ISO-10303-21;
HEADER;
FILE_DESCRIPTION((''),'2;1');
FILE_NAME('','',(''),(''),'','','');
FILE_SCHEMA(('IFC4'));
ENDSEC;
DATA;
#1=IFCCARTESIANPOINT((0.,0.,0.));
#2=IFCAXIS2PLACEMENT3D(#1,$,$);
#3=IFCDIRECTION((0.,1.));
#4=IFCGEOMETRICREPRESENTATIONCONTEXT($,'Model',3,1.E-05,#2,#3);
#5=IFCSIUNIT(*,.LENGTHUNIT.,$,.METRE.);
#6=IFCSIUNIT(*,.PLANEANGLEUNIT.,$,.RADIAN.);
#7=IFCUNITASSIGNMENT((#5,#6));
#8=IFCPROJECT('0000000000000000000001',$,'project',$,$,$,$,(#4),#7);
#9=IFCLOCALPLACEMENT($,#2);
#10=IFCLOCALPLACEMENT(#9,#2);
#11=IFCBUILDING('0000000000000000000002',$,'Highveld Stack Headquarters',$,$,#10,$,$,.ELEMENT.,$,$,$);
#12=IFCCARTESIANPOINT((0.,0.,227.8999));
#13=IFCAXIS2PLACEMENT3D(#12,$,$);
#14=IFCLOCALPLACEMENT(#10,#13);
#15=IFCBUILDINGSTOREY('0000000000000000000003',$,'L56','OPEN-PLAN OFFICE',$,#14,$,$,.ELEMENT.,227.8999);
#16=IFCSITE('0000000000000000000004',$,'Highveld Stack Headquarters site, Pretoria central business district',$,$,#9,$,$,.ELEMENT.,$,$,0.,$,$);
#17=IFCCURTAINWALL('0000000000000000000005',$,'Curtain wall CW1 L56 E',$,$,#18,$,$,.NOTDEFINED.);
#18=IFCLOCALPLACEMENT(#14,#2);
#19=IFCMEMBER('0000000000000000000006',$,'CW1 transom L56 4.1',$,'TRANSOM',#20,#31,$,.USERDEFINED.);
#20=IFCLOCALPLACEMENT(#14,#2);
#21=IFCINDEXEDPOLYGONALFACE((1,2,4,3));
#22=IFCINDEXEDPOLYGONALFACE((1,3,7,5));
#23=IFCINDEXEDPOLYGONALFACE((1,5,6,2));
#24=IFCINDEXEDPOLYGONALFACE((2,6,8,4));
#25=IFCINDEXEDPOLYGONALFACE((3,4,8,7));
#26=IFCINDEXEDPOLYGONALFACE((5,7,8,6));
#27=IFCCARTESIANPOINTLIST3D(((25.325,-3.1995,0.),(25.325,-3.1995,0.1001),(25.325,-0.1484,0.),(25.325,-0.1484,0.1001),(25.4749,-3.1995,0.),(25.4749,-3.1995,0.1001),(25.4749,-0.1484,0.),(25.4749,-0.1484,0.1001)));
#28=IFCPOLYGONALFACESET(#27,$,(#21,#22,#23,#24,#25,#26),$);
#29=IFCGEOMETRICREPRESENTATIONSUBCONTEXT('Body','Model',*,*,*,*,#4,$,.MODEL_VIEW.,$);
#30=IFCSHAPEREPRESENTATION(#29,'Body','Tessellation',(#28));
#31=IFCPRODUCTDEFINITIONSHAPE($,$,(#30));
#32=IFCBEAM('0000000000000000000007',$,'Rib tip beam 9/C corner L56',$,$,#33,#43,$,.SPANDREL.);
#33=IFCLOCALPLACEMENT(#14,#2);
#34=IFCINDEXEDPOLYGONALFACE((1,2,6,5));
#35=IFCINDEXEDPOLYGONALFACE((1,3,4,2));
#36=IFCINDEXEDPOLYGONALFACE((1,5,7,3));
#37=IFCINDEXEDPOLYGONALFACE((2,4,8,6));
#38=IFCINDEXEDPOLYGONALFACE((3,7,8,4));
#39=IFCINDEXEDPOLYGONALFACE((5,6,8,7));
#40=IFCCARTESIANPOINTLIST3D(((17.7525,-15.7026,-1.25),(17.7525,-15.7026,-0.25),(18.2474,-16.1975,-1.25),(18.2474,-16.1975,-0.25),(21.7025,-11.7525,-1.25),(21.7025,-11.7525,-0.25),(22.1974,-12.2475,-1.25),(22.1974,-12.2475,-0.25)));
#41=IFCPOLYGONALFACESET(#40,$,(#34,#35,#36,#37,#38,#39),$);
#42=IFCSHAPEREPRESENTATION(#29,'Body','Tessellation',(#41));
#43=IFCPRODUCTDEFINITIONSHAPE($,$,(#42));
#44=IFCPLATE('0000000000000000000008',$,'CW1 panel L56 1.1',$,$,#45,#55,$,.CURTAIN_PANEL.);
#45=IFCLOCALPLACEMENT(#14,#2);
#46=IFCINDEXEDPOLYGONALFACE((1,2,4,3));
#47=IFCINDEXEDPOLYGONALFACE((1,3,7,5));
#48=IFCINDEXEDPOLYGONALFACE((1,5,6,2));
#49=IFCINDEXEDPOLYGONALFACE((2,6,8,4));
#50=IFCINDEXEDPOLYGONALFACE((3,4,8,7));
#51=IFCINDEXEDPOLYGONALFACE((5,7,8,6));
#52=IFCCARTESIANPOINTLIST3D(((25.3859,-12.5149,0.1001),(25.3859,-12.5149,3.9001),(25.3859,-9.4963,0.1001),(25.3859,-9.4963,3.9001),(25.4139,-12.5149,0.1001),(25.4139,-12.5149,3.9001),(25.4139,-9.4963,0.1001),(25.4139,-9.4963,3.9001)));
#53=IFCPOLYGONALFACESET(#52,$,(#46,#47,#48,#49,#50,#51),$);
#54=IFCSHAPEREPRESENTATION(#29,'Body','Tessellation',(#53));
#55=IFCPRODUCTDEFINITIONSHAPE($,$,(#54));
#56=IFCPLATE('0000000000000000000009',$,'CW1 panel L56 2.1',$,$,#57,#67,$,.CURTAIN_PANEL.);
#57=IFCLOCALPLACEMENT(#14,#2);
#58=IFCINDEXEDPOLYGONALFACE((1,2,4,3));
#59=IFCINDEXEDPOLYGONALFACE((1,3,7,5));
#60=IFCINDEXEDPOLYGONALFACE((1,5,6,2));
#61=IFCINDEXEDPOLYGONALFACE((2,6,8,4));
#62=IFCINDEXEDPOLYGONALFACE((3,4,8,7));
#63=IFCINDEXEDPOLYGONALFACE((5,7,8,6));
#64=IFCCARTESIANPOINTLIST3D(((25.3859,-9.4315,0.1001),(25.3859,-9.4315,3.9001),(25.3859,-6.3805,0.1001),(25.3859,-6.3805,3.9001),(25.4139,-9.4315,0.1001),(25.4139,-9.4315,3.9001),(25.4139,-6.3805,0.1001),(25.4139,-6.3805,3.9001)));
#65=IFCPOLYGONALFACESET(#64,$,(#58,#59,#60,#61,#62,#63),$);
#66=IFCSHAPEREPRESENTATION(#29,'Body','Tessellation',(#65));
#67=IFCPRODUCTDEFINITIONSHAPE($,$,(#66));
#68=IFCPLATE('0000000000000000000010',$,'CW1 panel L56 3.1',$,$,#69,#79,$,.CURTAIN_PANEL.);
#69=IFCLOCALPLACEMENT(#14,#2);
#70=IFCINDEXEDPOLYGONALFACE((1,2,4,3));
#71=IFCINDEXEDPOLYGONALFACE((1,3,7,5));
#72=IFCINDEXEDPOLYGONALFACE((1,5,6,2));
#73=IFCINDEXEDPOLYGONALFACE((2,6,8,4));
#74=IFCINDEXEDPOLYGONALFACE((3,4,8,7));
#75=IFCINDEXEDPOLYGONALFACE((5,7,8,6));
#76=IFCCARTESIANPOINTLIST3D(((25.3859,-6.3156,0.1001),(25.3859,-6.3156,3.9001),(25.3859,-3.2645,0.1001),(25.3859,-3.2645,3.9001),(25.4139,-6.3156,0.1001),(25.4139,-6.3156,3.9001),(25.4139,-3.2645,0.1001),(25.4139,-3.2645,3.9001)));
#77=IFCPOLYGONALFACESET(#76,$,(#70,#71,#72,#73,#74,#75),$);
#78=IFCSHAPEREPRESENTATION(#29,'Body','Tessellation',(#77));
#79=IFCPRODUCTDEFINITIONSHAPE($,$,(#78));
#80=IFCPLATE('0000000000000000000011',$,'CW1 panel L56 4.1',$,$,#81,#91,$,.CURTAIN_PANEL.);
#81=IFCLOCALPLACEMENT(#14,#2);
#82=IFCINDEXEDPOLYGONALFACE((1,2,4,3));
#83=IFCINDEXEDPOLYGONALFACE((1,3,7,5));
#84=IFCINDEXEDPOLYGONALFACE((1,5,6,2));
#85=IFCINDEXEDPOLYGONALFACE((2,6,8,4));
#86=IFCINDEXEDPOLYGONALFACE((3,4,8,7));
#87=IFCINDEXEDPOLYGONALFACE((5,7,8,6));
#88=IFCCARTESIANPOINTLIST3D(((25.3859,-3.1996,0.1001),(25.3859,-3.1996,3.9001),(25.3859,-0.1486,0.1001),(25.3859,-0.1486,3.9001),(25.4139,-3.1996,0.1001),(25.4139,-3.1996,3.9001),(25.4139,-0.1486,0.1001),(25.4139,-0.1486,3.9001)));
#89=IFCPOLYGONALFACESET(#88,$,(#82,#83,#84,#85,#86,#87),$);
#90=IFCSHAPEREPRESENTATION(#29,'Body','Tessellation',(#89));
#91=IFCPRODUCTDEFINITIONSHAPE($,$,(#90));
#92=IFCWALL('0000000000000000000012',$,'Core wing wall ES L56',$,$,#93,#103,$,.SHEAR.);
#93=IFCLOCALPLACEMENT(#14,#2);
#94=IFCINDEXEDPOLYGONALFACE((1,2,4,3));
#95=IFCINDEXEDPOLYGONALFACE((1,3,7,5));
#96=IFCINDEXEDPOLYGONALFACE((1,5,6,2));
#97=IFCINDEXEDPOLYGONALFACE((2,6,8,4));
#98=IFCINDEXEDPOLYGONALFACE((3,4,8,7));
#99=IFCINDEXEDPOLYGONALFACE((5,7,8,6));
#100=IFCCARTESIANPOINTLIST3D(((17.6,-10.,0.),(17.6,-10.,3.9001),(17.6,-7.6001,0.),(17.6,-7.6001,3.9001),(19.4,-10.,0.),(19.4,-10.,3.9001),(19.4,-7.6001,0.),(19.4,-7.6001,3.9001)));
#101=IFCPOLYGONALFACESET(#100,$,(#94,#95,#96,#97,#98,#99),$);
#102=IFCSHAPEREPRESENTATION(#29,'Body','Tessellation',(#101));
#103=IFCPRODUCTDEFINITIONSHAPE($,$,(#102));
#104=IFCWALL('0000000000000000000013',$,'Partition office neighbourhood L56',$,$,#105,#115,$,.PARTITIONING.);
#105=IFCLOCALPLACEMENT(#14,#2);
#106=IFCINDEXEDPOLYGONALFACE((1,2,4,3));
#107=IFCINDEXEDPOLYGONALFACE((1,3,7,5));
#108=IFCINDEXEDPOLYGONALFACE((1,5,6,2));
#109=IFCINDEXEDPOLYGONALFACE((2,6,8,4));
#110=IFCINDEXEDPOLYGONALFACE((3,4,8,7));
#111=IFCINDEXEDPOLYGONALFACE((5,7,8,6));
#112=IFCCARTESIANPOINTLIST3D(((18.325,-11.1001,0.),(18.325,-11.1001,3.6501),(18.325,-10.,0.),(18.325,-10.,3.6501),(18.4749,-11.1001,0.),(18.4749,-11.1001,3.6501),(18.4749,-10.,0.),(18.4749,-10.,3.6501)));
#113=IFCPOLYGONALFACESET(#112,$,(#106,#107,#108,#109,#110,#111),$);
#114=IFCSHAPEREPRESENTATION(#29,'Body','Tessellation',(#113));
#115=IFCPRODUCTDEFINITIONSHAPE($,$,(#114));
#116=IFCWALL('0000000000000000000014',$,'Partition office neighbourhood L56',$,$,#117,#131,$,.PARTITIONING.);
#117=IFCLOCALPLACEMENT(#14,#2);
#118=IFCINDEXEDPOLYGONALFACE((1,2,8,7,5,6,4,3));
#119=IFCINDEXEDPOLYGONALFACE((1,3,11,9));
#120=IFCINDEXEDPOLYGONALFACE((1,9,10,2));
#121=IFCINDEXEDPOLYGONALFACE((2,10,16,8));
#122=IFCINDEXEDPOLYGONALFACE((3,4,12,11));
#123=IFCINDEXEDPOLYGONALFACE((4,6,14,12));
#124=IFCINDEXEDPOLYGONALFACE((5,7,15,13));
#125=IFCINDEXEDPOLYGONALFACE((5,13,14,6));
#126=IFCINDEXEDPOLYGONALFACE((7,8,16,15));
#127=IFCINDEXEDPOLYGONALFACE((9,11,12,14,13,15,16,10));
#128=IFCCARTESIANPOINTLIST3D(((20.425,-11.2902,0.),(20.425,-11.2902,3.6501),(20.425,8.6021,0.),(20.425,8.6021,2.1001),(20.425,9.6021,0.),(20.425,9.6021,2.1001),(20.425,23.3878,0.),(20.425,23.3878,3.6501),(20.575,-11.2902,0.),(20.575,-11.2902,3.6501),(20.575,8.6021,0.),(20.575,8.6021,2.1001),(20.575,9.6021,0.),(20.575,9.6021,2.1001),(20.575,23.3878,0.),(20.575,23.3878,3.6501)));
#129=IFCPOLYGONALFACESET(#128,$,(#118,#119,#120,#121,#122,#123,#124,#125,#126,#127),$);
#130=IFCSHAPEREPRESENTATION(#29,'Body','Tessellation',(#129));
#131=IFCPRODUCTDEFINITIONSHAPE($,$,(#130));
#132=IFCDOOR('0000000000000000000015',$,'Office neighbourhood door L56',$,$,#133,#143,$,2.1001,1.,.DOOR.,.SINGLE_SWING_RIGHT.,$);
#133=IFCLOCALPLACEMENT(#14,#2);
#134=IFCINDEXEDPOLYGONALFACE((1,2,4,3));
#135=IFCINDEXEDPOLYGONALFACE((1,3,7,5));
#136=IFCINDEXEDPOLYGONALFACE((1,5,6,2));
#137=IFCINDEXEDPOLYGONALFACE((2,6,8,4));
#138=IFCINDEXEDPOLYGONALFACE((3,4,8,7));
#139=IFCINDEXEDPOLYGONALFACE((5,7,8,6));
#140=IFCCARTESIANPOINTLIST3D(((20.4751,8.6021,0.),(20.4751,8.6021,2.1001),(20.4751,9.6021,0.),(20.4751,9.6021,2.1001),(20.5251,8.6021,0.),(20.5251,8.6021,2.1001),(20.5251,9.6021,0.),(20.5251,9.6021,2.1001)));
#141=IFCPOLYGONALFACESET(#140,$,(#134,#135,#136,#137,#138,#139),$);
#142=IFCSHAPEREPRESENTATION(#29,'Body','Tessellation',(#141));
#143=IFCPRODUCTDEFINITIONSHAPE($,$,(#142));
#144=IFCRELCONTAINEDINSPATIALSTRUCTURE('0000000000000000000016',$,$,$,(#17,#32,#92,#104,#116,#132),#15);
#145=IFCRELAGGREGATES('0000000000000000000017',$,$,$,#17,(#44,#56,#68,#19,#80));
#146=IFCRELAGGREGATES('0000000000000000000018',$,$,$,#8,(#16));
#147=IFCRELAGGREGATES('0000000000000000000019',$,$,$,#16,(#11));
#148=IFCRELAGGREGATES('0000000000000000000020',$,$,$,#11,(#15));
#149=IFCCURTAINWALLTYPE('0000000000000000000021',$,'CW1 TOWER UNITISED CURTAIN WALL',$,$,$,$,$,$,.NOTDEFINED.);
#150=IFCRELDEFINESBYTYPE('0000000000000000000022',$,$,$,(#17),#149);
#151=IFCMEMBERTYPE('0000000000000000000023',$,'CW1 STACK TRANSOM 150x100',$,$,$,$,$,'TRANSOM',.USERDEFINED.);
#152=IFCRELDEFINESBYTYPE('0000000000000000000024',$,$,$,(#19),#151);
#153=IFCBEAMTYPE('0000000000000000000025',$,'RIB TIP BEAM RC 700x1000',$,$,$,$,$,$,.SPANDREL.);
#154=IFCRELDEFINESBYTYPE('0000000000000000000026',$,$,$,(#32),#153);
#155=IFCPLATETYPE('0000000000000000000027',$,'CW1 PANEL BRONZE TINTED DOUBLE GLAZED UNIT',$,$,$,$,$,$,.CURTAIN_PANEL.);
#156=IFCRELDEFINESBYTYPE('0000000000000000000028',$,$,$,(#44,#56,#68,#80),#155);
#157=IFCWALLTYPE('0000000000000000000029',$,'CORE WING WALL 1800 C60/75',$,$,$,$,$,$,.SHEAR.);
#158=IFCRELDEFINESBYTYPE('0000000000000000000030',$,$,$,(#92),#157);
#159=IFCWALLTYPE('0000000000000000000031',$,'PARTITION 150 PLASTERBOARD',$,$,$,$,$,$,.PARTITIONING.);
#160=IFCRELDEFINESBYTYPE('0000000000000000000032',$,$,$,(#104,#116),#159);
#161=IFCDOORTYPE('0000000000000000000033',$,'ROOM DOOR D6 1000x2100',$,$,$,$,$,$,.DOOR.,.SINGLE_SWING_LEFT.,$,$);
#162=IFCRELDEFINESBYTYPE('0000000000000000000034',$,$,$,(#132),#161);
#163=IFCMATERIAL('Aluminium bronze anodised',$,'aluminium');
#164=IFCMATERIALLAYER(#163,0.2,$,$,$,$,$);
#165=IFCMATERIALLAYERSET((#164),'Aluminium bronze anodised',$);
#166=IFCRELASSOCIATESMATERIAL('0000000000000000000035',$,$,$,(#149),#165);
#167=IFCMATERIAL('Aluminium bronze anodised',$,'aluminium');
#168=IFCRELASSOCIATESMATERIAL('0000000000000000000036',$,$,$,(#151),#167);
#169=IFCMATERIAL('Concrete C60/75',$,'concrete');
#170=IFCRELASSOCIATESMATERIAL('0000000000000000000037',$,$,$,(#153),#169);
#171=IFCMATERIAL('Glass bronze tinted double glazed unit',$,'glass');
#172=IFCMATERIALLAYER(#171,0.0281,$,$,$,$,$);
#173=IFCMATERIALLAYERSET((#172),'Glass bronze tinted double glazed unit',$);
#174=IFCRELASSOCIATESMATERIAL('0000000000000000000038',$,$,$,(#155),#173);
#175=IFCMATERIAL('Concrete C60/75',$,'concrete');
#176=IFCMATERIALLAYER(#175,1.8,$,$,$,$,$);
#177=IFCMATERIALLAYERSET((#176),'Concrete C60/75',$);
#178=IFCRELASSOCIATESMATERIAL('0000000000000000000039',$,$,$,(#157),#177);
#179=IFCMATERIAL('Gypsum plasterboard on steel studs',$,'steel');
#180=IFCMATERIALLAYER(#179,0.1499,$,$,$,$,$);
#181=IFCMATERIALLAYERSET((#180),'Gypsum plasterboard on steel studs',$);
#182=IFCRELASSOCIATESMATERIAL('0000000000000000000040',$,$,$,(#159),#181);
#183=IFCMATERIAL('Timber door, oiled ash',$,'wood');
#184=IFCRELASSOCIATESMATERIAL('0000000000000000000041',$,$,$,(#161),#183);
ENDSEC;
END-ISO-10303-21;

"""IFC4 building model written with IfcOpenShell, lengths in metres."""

from ifc_helpers import new_model, si_unit, direction, frame, frame_2d, origin, origin_2d, place, context, subcontext, project, spatial, rectangle, extrude, material, layer, layer_set, material_profile, profile_set, type_object, element, fill, aggregate, save


model = new_model("IFC4")

# Units and contexts
model_context = context("Model", 3, precision=1e-05, world=origin(), true_north=direction((0.0, 1.0)))
body_context = subcontext(model_context, "Body", "Model", "MODEL_VIEW")
ifc_project = project(units=[si_unit("LENGTHUNIT", "METRE"), si_unit("PLANEANGLEUNIT", "RADIAN")], contexts=[model_context])

# Site, building, storey
site_placement = place(None, origin())
site = spatial("IfcSite", under=ifc_project, at=site_placement, Name="Highveld Stack Headquarters site, Pretoria central business district", CompositionType="ELEMENT", RefElevation=0.0)
building_placement = place(site_placement, origin())
building = spatial("IfcBuilding", under=site, at=building_placement, Name="Highveld Stack Headquarters", CompositionType="ELEMENT")
storey_placement = place(building_placement, frame((0.0, 0.0, 227.8999)))
storey = spatial("IfcBuildingStorey", under=building, at=storey_placement, Name="L56", Description="OPEN-PLAN OFFICE", CompositionType="ELEMENT", Elevation=227.8999)

# Curtain wall, member
ifc_material_1 = material(Name="Aluminium bronze anodised", Category="aluminium")
ifc_layer_1 = layer(ifc_material_1, 0.2)
ifc_layer_set_1 = layer_set([ifc_layer_1], Name="Aluminium bronze anodised")
curtain_wall_type = type_object("IfcCurtainWallType", Name="CW1 TOWER UNITISED CURTAIN WALL", PredefinedType="NOTDEFINED", material=ifc_layer_set_1)
curtain_wall_placement = place(storey_placement, origin())
curtain_wall = element("IfcCurtainWall", 1, at=curtain_wall_placement, inside=storey, type_object=curtain_wall_type, Name="Curtain wall CW1 L56 E", PredefinedType="NOTDEFINED")
ifc_material_2 = material(Name="Aluminium bronze anodised", Category="aluminium")
ifc_material_profile_1 = material_profile(ifc_material_2, rectangle(XDim=0.1499, YDim=0.1001, at=origin_2d()), Name="CW1 TRANSOM 150x100")
ifc_profile_set_1 = profile_set([ifc_material_profile_1], Name="Aluminium bronze anodised")
member_type_1 = type_object("IfcMemberType", Name="CW1 STACK TRANSOM 150x100", ElementType="TRANSOM", PredefinedType="USERDEFINED", material=ifc_profile_set_1)
member_1_placement = place(storey_placement, frame((25.3999, -3.1995, 0.05), z_axis=(0.0, 1.0, 0.0), x_axis=(-1.0, 0.0, 0.0)))
member_1 = element("IfcMember", 2, at=member_1_placement, type_object=member_type_1, Name="CW1 transom L56 4.1", ObjectType="TRANSOM", PredefinedType="USERDEFINED", context=body_context, shape_type="SweptSolid", body=[
    extrude(rectangle(XDim=0.1499, YDim=0.1001, at=origin_2d()), origin(), (0.0, 0.0, 1.0), 3.051),
])

# Beam
ifc_material_3 = material(Name="Concrete C60/75", Category="concrete")
ifc_material_profile_2 = material_profile(ifc_material_3, rectangle(XDim=0.7, YDim=1.0, at=origin_2d()), Name="RC 700x1000")
ifc_profile_set_2 = profile_set([ifc_material_profile_2], Name="Concrete C60/75")
beam_type_1 = type_object("IfcBeamType", Name="RIB TIP BEAM RC 700x1000", PredefinedType="SPANDREL", material=ifc_profile_set_2)
beam_1_placement = place(storey_placement, frame((21.95, -12.0, -0.75), z_axis=(-0.707107, -0.707107, 0.0), x_axis=(0.707107, -0.707107, 0.0)))
element("IfcBeam", 3, at=beam_1_placement, inside=storey, type_object=beam_type_1, Name="Rib tip beam 9/C corner L56", PredefinedType="SPANDREL", context=body_context, shape_type="SweptSolid", body=[
    extrude(rectangle(XDim=0.7, YDim=1.0, at=origin_2d()), origin(), (0.0, 0.0, 1.0), 5.5862),
])

# Plates
ifc_material_4 = material(Name="Glass bronze tinted double glazed unit", Category="glass")
ifc_layer_2 = layer(ifc_material_4, 0.0281)
ifc_layer_set_2 = layer_set([ifc_layer_2], Name="Glass bronze tinted double glazed unit")
plate_type = type_object("IfcPlateType", Name="CW1 PANEL BRONZE TINTED DOUBLE GLAZED UNIT", PredefinedType="CURTAIN_PANEL", material=ifc_layer_set_2)
plate_1_placement = place(storey_placement, frame((25.3999, -11.0056, 0.1001), z_axis=(0.0, 0.0, 1.0), x_axis=(0.0, 1.0, 0.0)))
plate_1 = element("IfcPlate", 4, at=plate_1_placement, type_object=plate_type, Name="CW1 panel L56 1.1", PredefinedType="CURTAIN_PANEL", context=body_context, shape_type="SweptSolid", body=[
    extrude(rectangle(XDim=3.0186, YDim=0.0281, at=origin_2d()), origin(), (0.0, 0.0, 1.0), 3.8),
])
plate_2_placement = place(storey_placement, frame((25.3999, -7.906, 0.1001), z_axis=(0.0, 0.0, 1.0), x_axis=(0.0, 1.0, 0.0)))
plate_2 = element("IfcPlate", 5, at=plate_2_placement, type_object=plate_type, Name="CW1 panel L56 2.1", PredefinedType="CURTAIN_PANEL", context=body_context, shape_type="SweptSolid", body=[
    extrude(rectangle(XDim=3.051, YDim=0.0281, at=origin_2d()), origin(), (0.0, 0.0, 1.0), 3.8),
])
plate_3_placement = place(storey_placement, frame((25.3999, -4.79, 0.1001), z_axis=(0.0, 0.0, 1.0), x_axis=(0.0, 1.0, 0.0)))
plate_3 = element("IfcPlate", 6, at=plate_3_placement, type_object=plate_type, Name="CW1 panel L56 3.1", PredefinedType="CURTAIN_PANEL", context=body_context, shape_type="SweptSolid", body=[
    extrude(rectangle(XDim=3.051, YDim=0.0281, at=origin_2d()), origin(), (0.0, 0.0, 1.0), 3.8),
])
plate_4_placement = place(storey_placement, frame((25.3999, -1.6741, 0.1001), z_axis=(0.0, 0.0, 1.0), x_axis=(0.0, 1.0, 0.0)))
plate_4 = element("IfcPlate", 7, at=plate_4_placement, type_object=plate_type, Name="CW1 panel L56 4.1", PredefinedType="CURTAIN_PANEL", context=body_context, shape_type="SweptSolid", body=[
    extrude(rectangle(XDim=3.051, YDim=0.0281, at=origin_2d()), origin(), (0.0, 0.0, 1.0), 3.8),
])
aggregate(curtain_wall, [plate_1, plate_2, plate_3, member_1, plate_4])

# Walls
ifc_material_5 = material(Name="Concrete C60/75", Category="concrete")
ifc_layer_3 = layer(ifc_material_5, 1.8)
ifc_layer_set_3 = layer_set([ifc_layer_3], Name="Concrete C60/75")
wall_type_1 = type_object("IfcWallType", Name="CORE WING WALL 1800 C60/75", PredefinedType="SHEAR", material=ifc_layer_set_3)
wall_1_placement = place(storey_placement, frame((18.5, -10.0, 0.0), z_axis=(0.0, 0.0, 1.0), x_axis=(0.0, 1.0, 0.0)))
element("IfcWall", 8, at=wall_1_placement, inside=storey, type_object=wall_type_1, Name="Core wing wall ES L56", PredefinedType="SHEAR", context=body_context, shape_type="SweptSolid", body=[
    extrude(rectangle(XDim=2.3999, YDim=1.8, at=frame_2d((1.2, 0.0))), origin(), (0.0, 0.0, 1.0), 3.9001),
])
ifc_material_6 = material(Name="Gypsum plasterboard on steel studs", Category="steel")
ifc_layer_4 = layer(ifc_material_6, 0.1499)
ifc_layer_set_4 = layer_set([ifc_layer_4], Name="Gypsum plasterboard on steel studs")
wall_type_2 = type_object("IfcWallType", Name="PARTITION 150 PLASTERBOARD", PredefinedType="PARTITIONING", material=ifc_layer_set_4)
wall_2_placement = place(storey_placement, frame((18.3999, -11.1001, 0.0), z_axis=(0.0, 0.0, 1.0), x_axis=(0.0, 1.0, 0.0)))
element("IfcWall", 9, at=wall_2_placement, inside=storey, type_object=wall_type_2, Name="Partition office neighbourhood L56", PredefinedType="PARTITIONING", context=body_context, shape_type="SweptSolid", body=[
    extrude(rectangle(XDim=1.1001, YDim=0.1499, at=frame_2d((0.55, 0.0))), origin(), (0.0, 0.0, 1.0), 3.6501),
])

# Wall, opening, door
wall_3_placement = place(storey_placement, frame((20.5, -11.29, 0.0), z_axis=(0.0, 0.0, 1.0), x_axis=(0.0, 1.0, 0.0)))
wall_3 = element("IfcWall", 10, at=wall_3_placement, inside=storey, type_object=wall_type_2, Name="Partition office neighbourhood L56", PredefinedType="PARTITIONING", context=body_context, shape_type="SweptSolid", body=[
    extrude(rectangle(XDim=34.678, YDim=0.1499, at=frame_2d((17.3389, 0.0))), origin(), (0.0, 0.0, 1.0), 3.6501),
])
opening_1_placement = place(wall_3_placement, frame((19.8921, 0.0, 0.0)))
opening_1 = element("IfcOpeningElement", 11, at=opening_1_placement, cuts=wall_3, PredefinedType="OPENING", context=body_context, shape_type="SweptSolid", body=[
    extrude(rectangle(XDim=1.0, YDim=2.1001, at=frame_2d((0.5, 1.05))), frame((0.0, 0.085, 0.0), z_axis=(0.0, -1.0, 0.0), x_axis=(1.0, 0.0, 0.0)), (0.0, 0.0, 1.0), 0.1699),
])
ifc_material_7 = material(Name="Timber door, oiled ash", Category="wood")
door_type_1 = type_object("IfcDoorType", Name="ROOM DOOR D6 1000x2100", OperationType="SINGLE_SWING_LEFT", PredefinedType="DOOR", material=ifc_material_7)
door_1_placement = place(opening_1_placement, origin())
door_1 = element("IfcDoor", 12, at=door_1_placement, inside=storey, type_object=door_type_1, Name="Office neighbourhood door L56", OperationType="SINGLE_SWING_RIGHT", OverallHeight=2.1001, OverallWidth=1.0, PredefinedType="DOOR", context=body_context, shape_type="SweptSolid", body=[
    extrude(rectangle(XDim=1.0, YDim=2.1001, at=frame_2d((0.5, 1.05))), frame((0.0, 0.0249, 0.0), z_axis=(0.0, -1.0, 0.0), x_axis=(1.0, 0.0, 0.0)), (0.0, 0.0, 1.0), 0.05),
])
fill(opening_1, door_1)

save(model, "model.ifc")
